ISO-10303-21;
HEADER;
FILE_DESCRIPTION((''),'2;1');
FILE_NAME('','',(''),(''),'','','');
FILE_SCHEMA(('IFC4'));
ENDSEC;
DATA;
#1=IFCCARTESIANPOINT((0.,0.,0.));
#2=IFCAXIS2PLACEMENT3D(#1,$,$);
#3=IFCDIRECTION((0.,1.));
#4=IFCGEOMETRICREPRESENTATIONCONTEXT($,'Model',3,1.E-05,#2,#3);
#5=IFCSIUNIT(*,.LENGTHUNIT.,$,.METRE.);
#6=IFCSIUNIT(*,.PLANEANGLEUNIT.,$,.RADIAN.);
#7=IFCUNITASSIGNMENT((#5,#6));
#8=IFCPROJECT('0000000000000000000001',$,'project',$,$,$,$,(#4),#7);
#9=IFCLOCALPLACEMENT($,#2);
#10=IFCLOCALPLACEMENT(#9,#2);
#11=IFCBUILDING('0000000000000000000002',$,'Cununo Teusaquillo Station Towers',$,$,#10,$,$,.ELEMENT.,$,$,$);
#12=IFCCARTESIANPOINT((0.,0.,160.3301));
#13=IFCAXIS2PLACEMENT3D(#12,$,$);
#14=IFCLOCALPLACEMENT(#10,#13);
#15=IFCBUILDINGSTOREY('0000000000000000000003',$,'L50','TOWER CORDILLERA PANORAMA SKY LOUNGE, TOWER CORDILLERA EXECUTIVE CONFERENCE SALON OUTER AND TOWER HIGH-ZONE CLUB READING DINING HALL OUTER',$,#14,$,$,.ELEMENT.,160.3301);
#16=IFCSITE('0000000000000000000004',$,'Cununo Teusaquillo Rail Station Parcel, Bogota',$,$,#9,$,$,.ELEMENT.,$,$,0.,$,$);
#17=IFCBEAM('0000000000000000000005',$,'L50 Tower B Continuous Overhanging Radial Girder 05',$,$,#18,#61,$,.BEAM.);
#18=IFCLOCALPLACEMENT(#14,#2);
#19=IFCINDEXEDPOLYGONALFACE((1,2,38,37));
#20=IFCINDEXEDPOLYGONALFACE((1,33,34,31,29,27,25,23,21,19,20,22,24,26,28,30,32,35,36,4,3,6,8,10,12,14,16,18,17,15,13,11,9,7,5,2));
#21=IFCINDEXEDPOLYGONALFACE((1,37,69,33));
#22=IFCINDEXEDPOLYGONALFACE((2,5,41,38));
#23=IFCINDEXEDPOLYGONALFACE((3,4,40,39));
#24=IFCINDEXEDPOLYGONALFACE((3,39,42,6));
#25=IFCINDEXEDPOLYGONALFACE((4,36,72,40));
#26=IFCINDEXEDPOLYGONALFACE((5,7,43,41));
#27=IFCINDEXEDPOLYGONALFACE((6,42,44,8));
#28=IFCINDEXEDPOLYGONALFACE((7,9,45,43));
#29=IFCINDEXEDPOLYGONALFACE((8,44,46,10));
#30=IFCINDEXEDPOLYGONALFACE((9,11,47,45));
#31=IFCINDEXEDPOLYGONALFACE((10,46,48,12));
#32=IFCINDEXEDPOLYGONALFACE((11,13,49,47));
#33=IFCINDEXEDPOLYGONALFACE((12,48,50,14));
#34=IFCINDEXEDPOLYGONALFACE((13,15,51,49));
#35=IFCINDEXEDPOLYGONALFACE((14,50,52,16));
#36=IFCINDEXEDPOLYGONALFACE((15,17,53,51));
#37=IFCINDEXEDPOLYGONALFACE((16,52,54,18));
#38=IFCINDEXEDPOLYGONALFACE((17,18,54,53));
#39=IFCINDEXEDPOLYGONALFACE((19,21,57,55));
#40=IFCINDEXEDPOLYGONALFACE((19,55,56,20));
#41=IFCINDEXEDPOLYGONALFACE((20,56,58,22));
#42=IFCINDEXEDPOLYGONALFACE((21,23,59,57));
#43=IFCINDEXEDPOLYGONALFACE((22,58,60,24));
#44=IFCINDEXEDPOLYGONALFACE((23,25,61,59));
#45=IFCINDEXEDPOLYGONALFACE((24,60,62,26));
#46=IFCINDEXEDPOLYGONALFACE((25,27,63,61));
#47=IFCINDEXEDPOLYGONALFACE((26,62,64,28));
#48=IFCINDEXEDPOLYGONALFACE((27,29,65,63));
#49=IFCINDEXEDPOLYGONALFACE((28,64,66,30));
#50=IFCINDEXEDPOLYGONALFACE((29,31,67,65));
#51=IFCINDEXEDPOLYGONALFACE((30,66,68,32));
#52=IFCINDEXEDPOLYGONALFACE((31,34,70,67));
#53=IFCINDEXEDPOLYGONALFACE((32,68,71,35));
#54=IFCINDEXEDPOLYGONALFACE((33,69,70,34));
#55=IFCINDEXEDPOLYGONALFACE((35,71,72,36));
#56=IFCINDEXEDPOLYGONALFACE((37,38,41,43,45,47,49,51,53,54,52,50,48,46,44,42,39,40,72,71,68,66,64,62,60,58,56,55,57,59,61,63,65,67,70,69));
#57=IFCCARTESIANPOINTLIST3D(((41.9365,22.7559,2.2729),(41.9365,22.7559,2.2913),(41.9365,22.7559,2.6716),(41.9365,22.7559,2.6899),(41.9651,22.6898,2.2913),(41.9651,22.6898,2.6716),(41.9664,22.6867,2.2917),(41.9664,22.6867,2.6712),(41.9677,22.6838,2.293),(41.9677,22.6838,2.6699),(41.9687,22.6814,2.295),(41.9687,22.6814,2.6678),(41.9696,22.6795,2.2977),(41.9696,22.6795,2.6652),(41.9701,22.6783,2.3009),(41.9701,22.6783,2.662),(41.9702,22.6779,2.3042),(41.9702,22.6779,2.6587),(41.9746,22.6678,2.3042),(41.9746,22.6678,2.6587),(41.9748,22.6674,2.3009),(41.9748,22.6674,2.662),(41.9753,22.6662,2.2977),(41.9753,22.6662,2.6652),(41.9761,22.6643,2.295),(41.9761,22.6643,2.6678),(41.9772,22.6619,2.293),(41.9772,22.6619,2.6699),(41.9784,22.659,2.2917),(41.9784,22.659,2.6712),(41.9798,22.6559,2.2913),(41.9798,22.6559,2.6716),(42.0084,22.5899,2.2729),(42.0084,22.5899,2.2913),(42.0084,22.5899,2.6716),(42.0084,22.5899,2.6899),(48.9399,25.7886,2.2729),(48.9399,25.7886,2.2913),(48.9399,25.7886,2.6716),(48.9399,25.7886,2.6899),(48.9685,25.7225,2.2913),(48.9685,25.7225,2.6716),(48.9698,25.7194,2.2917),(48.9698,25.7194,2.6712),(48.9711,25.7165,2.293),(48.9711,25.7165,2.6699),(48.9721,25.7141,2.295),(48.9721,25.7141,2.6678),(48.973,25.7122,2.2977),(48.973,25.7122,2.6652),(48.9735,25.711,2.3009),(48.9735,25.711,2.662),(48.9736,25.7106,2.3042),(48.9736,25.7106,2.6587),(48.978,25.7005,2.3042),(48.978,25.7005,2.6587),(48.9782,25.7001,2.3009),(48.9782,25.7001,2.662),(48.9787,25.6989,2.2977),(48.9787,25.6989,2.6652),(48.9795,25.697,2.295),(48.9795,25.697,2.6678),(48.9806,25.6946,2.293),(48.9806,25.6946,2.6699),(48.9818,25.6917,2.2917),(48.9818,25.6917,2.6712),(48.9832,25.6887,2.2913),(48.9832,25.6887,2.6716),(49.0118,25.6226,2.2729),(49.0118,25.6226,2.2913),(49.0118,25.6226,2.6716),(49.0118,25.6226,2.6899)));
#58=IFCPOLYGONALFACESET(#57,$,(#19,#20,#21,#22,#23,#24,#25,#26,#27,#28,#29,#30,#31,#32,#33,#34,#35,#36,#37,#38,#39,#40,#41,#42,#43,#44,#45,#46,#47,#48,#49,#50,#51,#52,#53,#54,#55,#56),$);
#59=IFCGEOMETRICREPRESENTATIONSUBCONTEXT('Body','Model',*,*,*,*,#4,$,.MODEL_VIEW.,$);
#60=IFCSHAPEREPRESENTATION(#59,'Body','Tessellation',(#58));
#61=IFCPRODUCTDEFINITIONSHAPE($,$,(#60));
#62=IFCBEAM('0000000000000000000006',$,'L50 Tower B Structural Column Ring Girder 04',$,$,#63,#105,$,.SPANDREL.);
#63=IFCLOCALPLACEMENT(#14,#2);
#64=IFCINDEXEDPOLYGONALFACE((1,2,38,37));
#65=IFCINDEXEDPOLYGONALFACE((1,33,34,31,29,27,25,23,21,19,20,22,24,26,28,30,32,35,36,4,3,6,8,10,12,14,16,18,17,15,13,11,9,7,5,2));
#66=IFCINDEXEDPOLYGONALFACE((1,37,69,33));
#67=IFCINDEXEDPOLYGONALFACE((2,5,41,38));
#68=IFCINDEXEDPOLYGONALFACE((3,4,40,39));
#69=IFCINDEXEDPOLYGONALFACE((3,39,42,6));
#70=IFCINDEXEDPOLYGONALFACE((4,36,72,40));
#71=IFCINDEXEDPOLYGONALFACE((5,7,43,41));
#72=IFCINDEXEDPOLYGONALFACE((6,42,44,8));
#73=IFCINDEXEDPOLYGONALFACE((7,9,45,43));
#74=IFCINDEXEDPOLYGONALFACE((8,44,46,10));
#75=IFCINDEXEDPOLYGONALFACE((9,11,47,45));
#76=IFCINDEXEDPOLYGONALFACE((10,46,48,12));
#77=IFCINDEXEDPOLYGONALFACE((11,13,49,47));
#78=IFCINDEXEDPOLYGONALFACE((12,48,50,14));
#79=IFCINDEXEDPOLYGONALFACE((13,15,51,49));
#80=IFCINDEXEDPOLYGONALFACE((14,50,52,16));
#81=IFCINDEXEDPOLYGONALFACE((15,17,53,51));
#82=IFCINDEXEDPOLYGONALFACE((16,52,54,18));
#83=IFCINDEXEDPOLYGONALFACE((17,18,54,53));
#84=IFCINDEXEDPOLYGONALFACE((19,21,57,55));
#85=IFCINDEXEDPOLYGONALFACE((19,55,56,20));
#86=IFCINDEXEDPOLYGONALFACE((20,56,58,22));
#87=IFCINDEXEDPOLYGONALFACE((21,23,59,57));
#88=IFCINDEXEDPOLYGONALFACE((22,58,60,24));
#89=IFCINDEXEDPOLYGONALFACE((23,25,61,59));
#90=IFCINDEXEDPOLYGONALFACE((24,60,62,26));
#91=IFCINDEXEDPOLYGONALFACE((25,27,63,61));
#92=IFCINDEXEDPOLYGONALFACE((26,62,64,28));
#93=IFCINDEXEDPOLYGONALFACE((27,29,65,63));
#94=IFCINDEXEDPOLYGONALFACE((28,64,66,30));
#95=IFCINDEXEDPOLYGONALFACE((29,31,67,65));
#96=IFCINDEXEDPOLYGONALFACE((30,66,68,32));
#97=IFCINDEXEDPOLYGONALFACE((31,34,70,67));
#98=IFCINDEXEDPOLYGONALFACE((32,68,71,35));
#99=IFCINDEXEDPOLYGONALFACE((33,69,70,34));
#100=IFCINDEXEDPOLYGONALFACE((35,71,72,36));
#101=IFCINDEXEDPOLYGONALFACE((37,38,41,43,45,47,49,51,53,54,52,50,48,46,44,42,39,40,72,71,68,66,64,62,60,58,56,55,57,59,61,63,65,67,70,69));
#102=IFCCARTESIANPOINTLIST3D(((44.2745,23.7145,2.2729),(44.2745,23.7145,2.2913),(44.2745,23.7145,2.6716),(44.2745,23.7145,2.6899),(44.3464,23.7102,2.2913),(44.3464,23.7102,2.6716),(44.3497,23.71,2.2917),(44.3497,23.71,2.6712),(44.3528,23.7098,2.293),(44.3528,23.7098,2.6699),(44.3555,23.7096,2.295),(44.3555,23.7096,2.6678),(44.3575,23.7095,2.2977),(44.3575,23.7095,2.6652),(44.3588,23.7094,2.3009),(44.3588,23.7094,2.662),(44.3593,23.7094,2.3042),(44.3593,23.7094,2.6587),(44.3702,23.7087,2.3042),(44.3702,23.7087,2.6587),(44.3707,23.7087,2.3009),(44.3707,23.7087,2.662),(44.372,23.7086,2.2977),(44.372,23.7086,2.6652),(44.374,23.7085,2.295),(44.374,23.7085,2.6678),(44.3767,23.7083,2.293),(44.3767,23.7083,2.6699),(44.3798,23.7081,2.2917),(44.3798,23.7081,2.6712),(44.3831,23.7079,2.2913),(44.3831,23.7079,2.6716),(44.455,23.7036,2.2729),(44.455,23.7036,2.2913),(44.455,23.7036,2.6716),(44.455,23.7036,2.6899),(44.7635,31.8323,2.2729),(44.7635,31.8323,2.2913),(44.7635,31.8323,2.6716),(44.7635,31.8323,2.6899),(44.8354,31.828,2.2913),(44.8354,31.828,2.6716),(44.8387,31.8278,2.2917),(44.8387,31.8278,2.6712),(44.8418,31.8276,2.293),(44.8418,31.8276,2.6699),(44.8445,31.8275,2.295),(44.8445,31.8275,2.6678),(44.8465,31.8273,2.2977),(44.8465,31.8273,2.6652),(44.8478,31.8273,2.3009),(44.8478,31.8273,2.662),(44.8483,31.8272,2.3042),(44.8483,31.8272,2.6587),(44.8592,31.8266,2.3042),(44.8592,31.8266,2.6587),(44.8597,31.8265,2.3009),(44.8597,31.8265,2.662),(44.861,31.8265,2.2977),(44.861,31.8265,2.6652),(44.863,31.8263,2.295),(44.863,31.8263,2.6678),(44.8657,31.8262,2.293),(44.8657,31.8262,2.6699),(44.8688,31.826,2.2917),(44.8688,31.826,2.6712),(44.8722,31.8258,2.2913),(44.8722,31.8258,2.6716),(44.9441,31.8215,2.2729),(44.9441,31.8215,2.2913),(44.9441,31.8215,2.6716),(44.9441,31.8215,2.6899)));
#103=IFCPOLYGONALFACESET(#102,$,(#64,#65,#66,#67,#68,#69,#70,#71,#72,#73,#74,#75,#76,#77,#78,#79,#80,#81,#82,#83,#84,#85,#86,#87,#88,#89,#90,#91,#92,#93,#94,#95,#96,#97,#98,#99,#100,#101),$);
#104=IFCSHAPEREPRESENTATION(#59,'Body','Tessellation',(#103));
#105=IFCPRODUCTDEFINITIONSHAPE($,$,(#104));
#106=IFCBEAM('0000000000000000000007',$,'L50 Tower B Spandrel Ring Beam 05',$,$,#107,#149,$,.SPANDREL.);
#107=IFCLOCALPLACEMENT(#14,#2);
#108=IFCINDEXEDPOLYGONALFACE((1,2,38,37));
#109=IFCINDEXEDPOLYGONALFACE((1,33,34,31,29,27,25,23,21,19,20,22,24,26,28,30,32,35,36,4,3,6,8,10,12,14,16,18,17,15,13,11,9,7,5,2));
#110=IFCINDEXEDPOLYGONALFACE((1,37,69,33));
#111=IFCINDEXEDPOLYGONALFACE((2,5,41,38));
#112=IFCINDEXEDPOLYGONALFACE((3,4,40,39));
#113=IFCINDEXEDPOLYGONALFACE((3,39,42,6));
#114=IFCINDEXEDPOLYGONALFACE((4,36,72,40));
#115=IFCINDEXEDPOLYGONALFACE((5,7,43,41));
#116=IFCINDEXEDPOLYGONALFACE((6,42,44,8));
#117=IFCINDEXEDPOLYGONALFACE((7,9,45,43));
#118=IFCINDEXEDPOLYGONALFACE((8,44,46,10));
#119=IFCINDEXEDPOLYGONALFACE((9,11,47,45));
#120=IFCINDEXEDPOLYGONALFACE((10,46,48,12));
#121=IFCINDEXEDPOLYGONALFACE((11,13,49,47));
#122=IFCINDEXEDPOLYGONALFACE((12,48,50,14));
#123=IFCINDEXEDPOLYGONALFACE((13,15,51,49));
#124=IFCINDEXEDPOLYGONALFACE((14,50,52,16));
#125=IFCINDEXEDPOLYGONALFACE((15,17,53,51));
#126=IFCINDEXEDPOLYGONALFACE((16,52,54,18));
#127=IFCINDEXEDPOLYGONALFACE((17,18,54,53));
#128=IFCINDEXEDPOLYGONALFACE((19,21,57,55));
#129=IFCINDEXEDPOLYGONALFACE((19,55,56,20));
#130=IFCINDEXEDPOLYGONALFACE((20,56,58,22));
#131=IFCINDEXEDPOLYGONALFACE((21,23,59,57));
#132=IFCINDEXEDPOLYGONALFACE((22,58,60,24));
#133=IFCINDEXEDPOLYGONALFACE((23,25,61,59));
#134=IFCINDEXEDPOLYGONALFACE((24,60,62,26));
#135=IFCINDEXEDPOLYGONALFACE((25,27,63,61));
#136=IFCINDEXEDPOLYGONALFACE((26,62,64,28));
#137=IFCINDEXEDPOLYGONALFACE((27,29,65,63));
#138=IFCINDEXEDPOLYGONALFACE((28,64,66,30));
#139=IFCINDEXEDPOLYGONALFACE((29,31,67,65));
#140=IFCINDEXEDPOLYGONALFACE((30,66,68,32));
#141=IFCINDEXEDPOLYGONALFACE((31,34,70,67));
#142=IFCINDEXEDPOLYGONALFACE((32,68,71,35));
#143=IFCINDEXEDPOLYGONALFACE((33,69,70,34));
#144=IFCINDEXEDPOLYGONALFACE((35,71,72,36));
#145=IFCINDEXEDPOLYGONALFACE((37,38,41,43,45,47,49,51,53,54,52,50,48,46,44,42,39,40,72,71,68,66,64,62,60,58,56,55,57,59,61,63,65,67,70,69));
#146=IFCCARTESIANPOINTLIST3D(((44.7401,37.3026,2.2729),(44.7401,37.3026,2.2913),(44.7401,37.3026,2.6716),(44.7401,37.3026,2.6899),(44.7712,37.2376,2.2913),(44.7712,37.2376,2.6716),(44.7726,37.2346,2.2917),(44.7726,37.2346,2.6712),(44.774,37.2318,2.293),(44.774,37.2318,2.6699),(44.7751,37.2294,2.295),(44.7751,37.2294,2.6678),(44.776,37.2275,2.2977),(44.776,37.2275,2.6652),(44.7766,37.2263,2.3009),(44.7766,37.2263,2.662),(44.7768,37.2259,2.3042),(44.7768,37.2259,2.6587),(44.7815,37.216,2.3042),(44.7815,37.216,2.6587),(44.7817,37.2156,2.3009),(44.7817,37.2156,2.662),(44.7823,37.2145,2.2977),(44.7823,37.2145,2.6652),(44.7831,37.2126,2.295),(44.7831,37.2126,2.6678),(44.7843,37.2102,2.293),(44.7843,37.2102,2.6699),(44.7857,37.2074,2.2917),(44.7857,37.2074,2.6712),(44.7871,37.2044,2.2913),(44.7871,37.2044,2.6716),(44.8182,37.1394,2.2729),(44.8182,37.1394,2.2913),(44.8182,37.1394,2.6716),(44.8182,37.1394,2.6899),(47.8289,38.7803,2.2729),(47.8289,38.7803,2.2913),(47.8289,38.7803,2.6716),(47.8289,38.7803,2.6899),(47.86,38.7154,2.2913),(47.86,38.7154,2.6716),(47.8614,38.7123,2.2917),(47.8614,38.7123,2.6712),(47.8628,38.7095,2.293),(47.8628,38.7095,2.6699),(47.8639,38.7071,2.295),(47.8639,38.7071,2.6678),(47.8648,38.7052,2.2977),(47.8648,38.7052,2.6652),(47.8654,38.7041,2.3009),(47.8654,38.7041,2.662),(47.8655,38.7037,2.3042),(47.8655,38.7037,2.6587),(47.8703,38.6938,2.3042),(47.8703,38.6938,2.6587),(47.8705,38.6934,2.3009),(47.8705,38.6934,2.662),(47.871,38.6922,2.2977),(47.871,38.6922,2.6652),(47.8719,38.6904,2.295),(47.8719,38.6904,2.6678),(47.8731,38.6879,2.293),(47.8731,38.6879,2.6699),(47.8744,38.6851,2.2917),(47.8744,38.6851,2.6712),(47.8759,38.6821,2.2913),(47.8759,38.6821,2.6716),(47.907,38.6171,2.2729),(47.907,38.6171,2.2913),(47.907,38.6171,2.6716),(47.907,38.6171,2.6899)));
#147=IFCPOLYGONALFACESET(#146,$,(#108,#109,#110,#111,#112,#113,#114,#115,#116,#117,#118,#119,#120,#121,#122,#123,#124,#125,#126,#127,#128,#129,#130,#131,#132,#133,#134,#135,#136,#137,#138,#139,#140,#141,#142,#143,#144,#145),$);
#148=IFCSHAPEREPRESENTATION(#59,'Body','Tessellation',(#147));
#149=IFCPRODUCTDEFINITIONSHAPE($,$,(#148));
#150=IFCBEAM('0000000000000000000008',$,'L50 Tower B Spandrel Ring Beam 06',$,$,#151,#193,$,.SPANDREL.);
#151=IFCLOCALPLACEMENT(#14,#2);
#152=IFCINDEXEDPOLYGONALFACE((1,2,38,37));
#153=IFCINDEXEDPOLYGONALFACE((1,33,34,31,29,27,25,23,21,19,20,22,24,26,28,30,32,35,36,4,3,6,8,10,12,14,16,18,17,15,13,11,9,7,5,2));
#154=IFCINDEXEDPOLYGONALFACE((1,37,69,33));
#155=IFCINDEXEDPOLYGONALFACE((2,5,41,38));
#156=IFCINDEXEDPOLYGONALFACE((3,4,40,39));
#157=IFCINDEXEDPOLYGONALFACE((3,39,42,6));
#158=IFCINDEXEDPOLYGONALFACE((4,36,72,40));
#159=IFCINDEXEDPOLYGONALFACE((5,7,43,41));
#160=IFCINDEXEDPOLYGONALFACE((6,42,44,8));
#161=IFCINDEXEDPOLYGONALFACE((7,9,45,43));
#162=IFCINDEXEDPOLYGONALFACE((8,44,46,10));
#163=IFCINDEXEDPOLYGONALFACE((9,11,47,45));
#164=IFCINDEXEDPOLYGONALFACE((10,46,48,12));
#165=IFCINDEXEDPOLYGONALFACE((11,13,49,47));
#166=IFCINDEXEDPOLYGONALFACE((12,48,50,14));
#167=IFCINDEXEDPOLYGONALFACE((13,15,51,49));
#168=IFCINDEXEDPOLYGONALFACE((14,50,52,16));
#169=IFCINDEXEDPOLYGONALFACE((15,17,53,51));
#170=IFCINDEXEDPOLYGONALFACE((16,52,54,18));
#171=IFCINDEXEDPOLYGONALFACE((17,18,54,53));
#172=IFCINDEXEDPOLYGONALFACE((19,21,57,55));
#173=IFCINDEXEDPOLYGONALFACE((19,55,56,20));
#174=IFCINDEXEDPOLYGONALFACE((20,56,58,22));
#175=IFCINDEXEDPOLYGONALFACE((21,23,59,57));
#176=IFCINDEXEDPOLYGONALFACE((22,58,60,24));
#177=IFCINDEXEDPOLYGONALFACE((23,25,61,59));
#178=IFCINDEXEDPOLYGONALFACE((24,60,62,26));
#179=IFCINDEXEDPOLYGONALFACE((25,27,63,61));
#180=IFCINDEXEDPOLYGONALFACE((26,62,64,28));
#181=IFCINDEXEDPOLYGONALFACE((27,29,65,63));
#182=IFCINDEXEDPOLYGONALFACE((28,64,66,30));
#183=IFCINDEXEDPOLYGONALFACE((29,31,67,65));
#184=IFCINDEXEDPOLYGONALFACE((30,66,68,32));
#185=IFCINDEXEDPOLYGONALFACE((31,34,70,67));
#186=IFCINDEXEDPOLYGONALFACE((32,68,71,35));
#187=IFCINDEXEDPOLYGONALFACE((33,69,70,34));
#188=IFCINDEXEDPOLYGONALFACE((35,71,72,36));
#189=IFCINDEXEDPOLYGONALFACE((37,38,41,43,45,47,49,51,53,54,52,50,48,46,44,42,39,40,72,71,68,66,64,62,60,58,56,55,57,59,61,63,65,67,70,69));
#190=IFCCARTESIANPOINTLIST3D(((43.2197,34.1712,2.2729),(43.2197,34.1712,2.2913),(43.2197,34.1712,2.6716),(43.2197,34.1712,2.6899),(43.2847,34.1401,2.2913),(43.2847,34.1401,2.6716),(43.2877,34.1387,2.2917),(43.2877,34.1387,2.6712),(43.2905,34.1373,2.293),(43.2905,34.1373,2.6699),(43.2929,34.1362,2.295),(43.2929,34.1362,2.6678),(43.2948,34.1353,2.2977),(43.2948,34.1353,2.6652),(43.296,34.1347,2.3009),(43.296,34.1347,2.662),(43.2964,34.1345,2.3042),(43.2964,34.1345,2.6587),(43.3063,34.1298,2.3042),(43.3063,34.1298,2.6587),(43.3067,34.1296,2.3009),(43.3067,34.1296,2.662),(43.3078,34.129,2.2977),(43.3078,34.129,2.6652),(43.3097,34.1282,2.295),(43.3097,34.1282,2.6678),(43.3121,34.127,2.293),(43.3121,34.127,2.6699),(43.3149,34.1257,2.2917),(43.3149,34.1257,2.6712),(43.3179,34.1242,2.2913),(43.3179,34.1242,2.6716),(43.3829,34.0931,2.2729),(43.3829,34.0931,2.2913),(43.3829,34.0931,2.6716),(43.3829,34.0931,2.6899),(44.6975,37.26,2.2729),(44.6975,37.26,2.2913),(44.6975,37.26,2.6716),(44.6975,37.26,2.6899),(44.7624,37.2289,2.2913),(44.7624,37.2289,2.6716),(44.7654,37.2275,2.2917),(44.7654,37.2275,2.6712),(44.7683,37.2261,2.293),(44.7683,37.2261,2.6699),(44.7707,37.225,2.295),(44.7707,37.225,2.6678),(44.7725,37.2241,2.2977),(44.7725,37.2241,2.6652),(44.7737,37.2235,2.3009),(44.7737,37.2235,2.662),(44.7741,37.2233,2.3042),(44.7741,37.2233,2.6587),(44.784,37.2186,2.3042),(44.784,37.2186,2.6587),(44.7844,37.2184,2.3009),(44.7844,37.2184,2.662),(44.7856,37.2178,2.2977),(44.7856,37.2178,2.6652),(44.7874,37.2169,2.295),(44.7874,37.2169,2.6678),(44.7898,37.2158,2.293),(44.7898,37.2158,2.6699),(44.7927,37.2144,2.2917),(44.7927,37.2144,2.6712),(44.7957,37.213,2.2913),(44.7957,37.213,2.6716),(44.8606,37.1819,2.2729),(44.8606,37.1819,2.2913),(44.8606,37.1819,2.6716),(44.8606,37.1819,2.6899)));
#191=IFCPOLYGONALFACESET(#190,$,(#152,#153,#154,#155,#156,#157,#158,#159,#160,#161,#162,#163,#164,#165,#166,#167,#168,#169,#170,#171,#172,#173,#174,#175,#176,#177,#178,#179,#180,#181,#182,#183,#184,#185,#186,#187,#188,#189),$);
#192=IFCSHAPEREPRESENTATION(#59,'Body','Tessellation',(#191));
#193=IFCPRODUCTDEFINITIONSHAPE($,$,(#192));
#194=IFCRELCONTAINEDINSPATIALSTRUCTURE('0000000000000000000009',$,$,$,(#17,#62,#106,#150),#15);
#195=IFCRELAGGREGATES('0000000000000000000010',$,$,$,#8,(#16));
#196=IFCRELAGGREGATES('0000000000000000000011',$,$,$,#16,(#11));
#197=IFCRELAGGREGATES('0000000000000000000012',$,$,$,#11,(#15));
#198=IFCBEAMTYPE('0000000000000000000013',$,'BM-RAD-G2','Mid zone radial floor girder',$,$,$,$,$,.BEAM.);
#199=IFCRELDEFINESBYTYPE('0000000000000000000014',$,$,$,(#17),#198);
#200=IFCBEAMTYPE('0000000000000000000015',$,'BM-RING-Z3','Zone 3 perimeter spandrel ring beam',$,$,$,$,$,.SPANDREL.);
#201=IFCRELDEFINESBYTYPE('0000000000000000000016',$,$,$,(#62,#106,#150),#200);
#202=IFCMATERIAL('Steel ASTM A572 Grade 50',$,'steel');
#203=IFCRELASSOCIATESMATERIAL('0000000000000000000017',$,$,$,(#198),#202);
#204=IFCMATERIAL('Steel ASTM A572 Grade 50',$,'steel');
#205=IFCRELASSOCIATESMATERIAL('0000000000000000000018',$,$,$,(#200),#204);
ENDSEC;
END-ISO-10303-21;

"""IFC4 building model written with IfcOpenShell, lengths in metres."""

from ifc_helpers import new_model, si_unit, direction, frame, origin, origin_2d, place, context, subcontext, project, spatial, i_section, extrude, material, material_profile, profile_set, type_object, element, save


model = new_model("IFC4")

# Units and contexts
model_context = context("Model", 3, precision=1e-05, world=origin(), true_north=direction((0.0, 1.0)))
body_context = subcontext(model_context, "Body", "Model", "MODEL_VIEW")
ifc_project = project(units=[si_unit("LENGTHUNIT", "METRE"), si_unit("PLANEANGLEUNIT", "RADIAN")], contexts=[model_context])

# Site, building, storey
site_placement = place(None, origin())
site = spatial("IfcSite", under=ifc_project, at=site_placement, Name="Cununo Teusaquillo Rail Station Parcel, Bogota", CompositionType="ELEMENT", RefElevation=0.0)
building_placement = place(site_placement, origin())
building = spatial("IfcBuilding", under=site, at=building_placement, Name="Cununo Teusaquillo Station Towers", CompositionType="ELEMENT")
storey_placement = place(building_placement, frame((0.0, 0.0, 160.3301)))
storey = spatial("IfcBuildingStorey", under=building, at=storey_placement, Name="L50", Description="TOWER CORDILLERA PANORAMA SKY LOUNGE, TOWER CORDILLERA EXECUTIVE CONFERENCE SALON OUTER AND TOWER HIGH-ZONE CLUB READING DINING HALL OUTER", CompositionType="ELEMENT", Elevation=160.3301)

# Beams
ifc_material_1 = material(Name="Steel ASTM A572 Grade 50", Category="steel")
ifc_material_profile_1 = material_profile(ifc_material_1, i_section(OverallWidth=0.1809, OverallDepth=0.417, WebThickness=0.011, FlangeThickness=0.0183, FilletRadius=0.0129, at=origin_2d()), Name="W16X57")
ifc_profile_set_1 = profile_set([ifc_material_profile_1], Name="Steel ASTM A572 Grade 50")
beam_type_1 = type_object("IfcBeamType", Name="BM-RAD-G2", Description="Mid zone radial floor girder", PredefinedType="BEAM", material=ifc_profile_set_1)
beam_1_placement = place(storey_placement, frame((48.9758, 25.7056, 2.4814), z_axis=(-0.917656, -0.397376, 0.0), x_axis=(0.397376, -0.917656, 0.0)))
element("IfcBeam", 1, at=beam_1_placement, inside=storey, type_object=beam_type_1, Name="L50 Tower B Continuous Overhanging Radial Girder 05", PredefinedType="BEAM", context=body_context, shape_type="SweptSolid", body=[
    extrude(i_section(OverallWidth=0.1809, OverallDepth=0.417, WebThickness=0.011, FlangeThickness=0.0183, FilletRadius=0.0129, at=origin_2d()), origin(), (0.0, 0.0, 1.0), 7.6318),
])
ifc_material_2 = material(Name="Steel ASTM A572 Grade 50", Category="steel")
ifc_material_profile_2 = material_profile(ifc_material_2, i_section(OverallWidth=0.1809, OverallDepth=0.417, WebThickness=0.011, FlangeThickness=0.0183, FilletRadius=0.0129, at=origin_2d()), Name="W16X57")
ifc_profile_set_2 = profile_set([ifc_material_profile_2], Name="Steel ASTM A572 Grade 50")
beam_type_2 = type_object("IfcBeamType", Name="BM-RING-Z3", Description="Zone 3 perimeter spandrel ring beam", PredefinedType="SPANDREL", material=ifc_profile_set_2)
beam_2_placement = place(storey_placement, frame((44.8538, 31.8269, 2.4814), z_axis=(-0.06013, -0.998191, 0.0), x_axis=(0.998191, -0.06013, 0.0)))
element("IfcBeam", 2, at=beam_2_placement, inside=storey, type_object=beam_type_2, Name="L50 Tower B Structural Column Ring Girder 04", PredefinedType="SPANDREL", context=body_context, shape_type="SweptSolid", body=[
    extrude(i_section(OverallWidth=0.1809, OverallDepth=0.417, WebThickness=0.011, FlangeThickness=0.0183, FilletRadius=0.0129, at=origin_2d()), origin(), (0.0, 0.0, 1.0), 8.1326),
])
for number, where, z_axis, x_axis, name in (
    (3, (47.8679, 38.6987, 2.4814), (-0.902078, -0.431574, 0.0), (0.431574, -0.902078, 0.0), "L50 Tower B Spandrel Ring Beam 05"),
    (4, (44.7791, 37.2209, 2.4814), (-0.431574, -0.902078, 0.0), (0.902078, -0.431574, 0.0), "L50 Tower B Spandrel Ring Beam 06"),
):
    element("IfcBeam", number, at=place(storey_placement, frame(where, z_axis=z_axis, x_axis=x_axis)), inside=storey, type_object=beam_type_2, Name=name, PredefinedType="SPANDREL", context=body_context, shape_type="SweptSolid", body=[
        extrude(i_section(OverallWidth=0.1809, OverallDepth=0.417, WebThickness=0.011, FlangeThickness=0.0183, FilletRadius=0.0129, at=origin_2d()), origin(), (0.0, 0.0, 1.0), 3.4241),
    ])

save(model, "model.ifc")
